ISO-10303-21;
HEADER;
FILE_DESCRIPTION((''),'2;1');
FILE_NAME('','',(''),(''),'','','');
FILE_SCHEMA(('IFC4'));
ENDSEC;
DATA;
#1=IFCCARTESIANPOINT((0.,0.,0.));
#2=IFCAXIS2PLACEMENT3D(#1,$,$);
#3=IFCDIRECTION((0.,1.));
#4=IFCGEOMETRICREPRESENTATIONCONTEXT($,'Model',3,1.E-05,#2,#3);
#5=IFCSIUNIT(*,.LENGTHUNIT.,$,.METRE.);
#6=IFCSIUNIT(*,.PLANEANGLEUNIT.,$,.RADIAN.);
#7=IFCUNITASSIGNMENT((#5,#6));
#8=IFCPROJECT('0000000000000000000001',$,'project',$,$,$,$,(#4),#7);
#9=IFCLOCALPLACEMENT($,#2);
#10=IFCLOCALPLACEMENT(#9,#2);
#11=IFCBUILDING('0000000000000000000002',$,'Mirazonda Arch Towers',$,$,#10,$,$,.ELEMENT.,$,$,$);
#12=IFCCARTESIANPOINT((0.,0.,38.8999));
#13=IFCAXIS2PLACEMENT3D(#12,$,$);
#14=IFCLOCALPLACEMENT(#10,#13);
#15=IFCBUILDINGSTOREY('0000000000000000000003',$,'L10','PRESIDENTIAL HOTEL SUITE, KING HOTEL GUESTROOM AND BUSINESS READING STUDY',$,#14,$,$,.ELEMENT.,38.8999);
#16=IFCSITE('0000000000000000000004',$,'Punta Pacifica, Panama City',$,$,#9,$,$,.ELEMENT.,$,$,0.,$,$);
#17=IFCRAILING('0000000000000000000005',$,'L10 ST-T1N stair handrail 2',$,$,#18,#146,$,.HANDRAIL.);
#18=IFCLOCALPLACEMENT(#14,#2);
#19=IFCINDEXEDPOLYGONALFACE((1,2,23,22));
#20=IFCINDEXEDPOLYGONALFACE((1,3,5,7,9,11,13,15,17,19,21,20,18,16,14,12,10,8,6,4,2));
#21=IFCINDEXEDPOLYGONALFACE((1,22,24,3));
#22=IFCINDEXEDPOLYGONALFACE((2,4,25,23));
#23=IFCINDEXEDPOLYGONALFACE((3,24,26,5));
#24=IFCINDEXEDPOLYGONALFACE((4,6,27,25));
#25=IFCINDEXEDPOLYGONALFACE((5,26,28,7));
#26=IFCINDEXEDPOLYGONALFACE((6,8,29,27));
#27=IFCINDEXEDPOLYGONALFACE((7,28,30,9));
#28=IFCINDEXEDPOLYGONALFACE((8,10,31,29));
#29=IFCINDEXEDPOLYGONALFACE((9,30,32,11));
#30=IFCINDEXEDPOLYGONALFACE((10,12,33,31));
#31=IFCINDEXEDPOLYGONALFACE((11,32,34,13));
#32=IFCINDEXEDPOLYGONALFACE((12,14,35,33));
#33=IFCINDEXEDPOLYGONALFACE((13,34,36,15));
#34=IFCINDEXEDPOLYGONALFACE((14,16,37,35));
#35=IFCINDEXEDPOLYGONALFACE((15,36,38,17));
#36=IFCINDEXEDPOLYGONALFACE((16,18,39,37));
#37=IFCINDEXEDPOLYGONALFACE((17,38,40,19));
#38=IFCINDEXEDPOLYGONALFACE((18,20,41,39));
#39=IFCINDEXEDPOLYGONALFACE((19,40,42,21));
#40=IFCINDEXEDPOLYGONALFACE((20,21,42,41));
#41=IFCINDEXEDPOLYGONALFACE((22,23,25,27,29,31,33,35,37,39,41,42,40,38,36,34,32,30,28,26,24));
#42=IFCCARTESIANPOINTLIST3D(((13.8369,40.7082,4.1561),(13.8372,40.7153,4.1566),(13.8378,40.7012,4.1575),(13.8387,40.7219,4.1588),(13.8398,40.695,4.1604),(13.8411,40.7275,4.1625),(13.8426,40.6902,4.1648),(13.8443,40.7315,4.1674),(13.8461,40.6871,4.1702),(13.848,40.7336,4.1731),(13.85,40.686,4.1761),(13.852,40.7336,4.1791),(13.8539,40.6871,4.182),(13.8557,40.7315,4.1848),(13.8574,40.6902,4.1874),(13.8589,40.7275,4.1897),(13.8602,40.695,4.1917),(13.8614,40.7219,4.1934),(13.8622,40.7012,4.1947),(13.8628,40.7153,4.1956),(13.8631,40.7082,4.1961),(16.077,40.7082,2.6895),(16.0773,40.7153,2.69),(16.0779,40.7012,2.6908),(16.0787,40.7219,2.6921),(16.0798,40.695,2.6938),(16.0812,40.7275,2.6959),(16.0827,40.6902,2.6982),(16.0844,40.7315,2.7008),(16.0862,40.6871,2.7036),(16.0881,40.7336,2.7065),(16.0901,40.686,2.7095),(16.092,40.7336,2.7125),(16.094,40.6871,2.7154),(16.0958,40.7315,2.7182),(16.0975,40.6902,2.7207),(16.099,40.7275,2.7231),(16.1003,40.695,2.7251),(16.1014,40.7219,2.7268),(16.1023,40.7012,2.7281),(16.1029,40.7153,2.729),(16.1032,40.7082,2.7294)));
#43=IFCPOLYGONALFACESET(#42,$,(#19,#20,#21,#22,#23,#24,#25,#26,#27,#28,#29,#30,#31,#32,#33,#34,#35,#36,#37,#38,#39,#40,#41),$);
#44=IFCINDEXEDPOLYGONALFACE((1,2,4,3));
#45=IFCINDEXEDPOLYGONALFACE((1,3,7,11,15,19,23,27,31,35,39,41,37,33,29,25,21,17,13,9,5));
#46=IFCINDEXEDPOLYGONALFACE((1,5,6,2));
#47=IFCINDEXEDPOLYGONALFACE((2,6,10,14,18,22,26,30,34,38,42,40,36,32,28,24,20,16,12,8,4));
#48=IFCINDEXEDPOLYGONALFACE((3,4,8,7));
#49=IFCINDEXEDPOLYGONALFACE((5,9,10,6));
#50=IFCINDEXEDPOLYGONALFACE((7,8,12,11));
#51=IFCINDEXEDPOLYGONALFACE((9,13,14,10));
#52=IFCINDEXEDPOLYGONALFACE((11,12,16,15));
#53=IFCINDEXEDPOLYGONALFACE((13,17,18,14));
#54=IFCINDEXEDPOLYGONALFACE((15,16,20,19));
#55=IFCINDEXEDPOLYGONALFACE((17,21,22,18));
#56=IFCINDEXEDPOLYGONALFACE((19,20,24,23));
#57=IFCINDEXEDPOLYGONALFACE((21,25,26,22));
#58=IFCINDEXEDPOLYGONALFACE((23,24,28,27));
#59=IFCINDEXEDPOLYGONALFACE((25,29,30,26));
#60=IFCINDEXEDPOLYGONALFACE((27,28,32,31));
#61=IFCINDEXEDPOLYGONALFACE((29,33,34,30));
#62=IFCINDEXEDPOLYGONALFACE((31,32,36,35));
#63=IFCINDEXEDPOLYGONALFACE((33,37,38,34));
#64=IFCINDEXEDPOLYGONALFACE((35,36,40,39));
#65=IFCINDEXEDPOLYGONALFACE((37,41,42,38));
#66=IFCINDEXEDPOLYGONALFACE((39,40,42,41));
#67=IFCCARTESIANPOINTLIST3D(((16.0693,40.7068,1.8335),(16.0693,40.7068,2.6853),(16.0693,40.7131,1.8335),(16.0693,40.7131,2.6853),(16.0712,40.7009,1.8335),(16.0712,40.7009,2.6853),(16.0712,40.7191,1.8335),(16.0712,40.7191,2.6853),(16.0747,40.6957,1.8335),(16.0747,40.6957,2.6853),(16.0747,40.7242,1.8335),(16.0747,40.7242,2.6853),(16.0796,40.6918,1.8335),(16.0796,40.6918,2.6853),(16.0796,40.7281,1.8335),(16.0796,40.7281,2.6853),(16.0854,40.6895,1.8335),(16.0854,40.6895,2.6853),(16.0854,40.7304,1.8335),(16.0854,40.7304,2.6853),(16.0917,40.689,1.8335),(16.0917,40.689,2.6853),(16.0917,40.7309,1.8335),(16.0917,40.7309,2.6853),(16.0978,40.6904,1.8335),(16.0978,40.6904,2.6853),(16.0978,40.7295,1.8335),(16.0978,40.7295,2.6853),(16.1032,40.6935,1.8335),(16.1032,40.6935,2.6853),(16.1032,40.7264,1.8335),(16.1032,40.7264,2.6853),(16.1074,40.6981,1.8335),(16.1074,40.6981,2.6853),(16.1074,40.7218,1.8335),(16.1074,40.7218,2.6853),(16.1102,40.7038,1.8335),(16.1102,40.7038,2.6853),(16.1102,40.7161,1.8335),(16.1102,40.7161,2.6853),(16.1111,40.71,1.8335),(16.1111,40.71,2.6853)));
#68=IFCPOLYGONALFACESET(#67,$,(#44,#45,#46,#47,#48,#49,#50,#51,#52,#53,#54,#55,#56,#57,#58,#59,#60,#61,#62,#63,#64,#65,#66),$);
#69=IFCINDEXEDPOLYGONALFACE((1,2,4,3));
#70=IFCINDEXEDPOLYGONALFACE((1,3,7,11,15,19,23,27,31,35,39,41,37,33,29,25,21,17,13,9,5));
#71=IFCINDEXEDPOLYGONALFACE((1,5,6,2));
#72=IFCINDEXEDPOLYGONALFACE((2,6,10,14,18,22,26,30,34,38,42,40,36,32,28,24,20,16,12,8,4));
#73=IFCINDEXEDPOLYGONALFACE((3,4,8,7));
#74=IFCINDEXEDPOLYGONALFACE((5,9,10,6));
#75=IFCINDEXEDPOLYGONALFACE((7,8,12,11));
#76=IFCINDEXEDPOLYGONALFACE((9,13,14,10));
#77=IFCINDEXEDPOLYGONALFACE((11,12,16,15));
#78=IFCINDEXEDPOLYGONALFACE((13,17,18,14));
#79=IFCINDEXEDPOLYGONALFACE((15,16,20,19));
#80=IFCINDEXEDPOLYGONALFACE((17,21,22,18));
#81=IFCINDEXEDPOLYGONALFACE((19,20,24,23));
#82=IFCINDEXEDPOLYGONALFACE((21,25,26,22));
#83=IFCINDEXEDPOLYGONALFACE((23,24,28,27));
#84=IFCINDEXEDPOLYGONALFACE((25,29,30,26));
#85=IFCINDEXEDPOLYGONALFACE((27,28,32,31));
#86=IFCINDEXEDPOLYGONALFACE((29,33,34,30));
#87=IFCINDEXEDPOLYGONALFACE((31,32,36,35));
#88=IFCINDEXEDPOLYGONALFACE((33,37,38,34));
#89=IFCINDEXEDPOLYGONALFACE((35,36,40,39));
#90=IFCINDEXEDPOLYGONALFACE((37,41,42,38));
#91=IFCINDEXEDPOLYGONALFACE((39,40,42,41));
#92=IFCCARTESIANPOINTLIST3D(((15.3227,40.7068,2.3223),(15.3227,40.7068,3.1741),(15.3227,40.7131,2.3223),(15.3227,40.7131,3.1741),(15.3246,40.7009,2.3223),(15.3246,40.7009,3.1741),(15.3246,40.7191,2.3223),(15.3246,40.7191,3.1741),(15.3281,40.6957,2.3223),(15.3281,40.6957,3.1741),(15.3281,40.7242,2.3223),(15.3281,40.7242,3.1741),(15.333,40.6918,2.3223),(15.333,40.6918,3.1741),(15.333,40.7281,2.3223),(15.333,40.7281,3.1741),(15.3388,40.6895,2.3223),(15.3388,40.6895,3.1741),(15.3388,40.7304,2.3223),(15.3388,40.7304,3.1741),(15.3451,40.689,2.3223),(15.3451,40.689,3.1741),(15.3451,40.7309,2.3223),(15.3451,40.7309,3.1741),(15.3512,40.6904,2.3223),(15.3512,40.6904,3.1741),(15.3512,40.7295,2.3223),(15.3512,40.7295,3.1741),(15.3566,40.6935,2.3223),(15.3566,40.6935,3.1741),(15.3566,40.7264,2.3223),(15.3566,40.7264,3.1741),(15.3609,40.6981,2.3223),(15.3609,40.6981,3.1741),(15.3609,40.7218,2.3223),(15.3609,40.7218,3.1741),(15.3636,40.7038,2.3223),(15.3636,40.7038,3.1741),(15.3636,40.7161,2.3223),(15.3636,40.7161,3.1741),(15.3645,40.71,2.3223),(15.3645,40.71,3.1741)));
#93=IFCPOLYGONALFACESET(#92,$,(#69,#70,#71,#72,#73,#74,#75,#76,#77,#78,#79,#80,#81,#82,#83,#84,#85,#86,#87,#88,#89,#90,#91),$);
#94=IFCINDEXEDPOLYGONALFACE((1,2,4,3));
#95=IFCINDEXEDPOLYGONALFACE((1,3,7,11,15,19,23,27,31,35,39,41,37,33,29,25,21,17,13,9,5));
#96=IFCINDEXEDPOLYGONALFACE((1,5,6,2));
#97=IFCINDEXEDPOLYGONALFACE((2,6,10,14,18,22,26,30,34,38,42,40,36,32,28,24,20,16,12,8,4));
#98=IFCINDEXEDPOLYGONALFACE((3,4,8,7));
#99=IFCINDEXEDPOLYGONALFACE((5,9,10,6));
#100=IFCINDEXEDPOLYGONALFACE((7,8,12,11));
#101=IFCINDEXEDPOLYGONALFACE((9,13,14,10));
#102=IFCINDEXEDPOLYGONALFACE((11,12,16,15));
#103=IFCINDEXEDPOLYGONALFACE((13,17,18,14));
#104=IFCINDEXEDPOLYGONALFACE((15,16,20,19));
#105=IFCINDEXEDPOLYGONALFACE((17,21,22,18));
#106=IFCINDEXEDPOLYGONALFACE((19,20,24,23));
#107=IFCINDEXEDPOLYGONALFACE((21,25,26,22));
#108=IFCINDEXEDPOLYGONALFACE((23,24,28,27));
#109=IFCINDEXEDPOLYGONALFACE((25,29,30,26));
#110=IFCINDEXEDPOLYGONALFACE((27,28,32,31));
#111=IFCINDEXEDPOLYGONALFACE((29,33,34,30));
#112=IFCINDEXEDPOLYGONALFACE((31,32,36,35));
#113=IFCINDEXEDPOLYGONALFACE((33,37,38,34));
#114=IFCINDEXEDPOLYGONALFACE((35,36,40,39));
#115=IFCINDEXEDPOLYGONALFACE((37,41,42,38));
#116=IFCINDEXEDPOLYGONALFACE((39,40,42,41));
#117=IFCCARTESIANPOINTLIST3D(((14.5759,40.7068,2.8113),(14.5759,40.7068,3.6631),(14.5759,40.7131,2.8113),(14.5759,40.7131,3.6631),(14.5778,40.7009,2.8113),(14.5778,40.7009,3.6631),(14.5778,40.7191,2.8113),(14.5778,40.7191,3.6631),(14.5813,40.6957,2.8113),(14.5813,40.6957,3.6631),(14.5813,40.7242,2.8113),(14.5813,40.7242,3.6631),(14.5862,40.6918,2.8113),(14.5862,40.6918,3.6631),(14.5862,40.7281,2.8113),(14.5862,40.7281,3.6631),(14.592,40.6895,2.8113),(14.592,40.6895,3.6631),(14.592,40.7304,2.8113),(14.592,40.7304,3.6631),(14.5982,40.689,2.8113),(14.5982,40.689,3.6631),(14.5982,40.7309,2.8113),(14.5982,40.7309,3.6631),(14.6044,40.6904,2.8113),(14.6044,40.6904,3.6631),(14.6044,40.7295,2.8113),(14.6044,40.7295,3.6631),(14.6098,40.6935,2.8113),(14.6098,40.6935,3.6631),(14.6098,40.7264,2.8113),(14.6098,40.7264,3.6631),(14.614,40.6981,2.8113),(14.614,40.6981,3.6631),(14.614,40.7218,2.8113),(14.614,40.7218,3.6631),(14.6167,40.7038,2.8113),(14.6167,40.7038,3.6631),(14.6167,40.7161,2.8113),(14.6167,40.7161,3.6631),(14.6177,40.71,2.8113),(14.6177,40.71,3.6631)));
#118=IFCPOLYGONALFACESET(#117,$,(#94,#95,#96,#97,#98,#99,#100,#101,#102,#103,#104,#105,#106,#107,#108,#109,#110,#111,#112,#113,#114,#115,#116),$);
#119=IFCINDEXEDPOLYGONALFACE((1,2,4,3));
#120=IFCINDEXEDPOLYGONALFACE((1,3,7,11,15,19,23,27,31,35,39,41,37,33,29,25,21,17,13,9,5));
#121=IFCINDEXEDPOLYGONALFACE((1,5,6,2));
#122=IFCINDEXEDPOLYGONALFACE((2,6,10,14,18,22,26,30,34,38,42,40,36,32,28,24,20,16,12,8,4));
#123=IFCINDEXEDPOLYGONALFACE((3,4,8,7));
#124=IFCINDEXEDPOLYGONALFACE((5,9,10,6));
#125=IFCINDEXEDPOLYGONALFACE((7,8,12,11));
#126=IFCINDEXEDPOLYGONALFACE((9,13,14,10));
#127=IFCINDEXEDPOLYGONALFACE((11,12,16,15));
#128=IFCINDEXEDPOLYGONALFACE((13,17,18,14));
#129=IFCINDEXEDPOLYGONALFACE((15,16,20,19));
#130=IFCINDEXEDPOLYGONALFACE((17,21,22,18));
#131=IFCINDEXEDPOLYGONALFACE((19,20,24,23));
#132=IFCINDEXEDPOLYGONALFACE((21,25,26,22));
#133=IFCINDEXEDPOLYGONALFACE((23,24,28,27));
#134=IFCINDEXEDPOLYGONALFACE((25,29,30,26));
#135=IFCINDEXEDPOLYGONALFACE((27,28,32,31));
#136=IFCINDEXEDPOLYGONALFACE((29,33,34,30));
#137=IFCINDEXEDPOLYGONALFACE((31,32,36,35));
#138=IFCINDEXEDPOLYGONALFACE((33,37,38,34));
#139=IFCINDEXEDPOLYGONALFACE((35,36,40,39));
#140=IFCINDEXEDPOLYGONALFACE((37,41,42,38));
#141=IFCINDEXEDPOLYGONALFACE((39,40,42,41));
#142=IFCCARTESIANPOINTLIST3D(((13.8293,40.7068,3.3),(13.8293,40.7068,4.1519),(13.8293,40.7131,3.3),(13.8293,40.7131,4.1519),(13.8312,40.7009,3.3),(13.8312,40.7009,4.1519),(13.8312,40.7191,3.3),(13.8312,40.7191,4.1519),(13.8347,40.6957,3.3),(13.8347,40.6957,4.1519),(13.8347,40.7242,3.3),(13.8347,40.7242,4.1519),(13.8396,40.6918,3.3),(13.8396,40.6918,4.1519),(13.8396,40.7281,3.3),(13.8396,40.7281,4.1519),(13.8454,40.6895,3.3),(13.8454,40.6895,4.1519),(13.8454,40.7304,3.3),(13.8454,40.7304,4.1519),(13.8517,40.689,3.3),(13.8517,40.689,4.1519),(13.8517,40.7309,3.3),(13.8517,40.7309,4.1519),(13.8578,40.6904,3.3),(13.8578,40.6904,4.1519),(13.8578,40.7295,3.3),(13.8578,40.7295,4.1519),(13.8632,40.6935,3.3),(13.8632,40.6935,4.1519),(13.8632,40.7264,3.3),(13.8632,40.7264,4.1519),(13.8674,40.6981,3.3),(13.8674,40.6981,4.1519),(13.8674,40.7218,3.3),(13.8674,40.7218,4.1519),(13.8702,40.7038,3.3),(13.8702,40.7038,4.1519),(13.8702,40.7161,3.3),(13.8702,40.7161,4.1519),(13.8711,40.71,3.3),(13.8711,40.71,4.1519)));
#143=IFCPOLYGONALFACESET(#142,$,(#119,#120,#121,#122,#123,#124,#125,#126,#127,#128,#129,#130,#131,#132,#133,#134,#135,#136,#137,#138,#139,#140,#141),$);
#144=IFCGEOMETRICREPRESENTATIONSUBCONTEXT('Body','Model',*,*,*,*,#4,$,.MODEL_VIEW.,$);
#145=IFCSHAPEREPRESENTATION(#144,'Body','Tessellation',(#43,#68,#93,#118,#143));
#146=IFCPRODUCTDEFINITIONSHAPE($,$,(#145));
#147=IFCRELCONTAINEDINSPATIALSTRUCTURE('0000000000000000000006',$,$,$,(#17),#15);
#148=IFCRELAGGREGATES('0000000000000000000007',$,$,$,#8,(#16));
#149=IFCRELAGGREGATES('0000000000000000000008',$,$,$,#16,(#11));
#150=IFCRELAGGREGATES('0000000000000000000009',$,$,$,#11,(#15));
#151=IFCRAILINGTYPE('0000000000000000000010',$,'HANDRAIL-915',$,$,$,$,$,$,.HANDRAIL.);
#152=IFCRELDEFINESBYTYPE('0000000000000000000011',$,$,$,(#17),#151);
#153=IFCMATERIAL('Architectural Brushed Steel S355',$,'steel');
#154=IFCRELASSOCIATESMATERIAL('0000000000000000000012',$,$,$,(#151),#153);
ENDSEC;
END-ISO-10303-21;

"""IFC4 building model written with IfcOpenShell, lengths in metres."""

from ifc_helpers import new_model, si_unit, direction, frame, origin, origin_2d, place, context, subcontext, project, spatial, circle, extrude, material, type_object, element, save


model = new_model("IFC4")

# Units and contexts
model_context = context("Model", 3, precision=1e-05, world=origin(), true_north=direction((0.0, 1.0)))
body_context = subcontext(model_context, "Body", "Model", "MODEL_VIEW")
ifc_project = project(units=[si_unit("LENGTHUNIT", "METRE"), si_unit("PLANEANGLEUNIT", "RADIAN")], contexts=[model_context])

# Site, building, storey
site_placement = place(None, origin())
site = spatial("IfcSite", under=ifc_project, at=site_placement, Name="Punta Pacifica, Panama City", CompositionType="ELEMENT", RefElevation=0.0)
building_placement = place(site_placement, origin())
building = spatial("IfcBuilding", under=site, at=building_placement, Name="Mirazonda Arch Towers", CompositionType="ELEMENT")
storey_placement = place(building_placement, frame((0.0, 0.0, 38.8999)))
storey = spatial("IfcBuildingStorey", under=building, at=storey_placement, Name="L10", Description="PRESIDENTIAL HOTEL SUITE, KING HOTEL GUESTROOM AND BUSINESS READING STUDY", CompositionType="ELEMENT", Elevation=38.8999)

# Railing
ifc_material_1 = material(Name="Architectural Brushed Steel S355", Category="steel")
railing_type_1 = type_object("IfcRailingType", Name="HANDRAIL-915", PredefinedType="HANDRAIL", material=ifc_material_1)
railing_1_placement = place(storey_placement, frame((16.0901, 40.71, 1.8335)))
element("IfcRailing", 1, at=railing_1_placement, inside=storey, type_object=railing_type_1, Name="L10 ST-T1N stair handrail 2", PredefinedType="HANDRAIL", context=body_context, shape_type="SweptSolid", body=[
    extrude(circle(Radius=0.0239, at=origin_2d()), frame((0.0, 0.0, 0.876), z_axis=(-0.836637, 0.0, 0.547758), x_axis=(0.0, -1.0, 0.0)), (0.0, 0.0, 1.0), 2.6775),
    extrude(circle(Radius=0.021, at=origin_2d()), origin(), (0.0, 0.0, 1.0), 0.8518),
    extrude(circle(Radius=0.021, at=origin_2d()), frame((-0.7466, 0.0, 0.4888)), (0.0, 0.0, 1.0), 0.8518),
    extrude(circle(Radius=0.021, at=origin_2d()), frame((-1.4934, 0.0, 0.9778)), (0.0, 0.0, 1.0), 0.8518),
    extrude(circle(Radius=0.021, at=origin_2d()), frame((-2.24, 0.0, 1.4666)), (0.0, 0.0, 1.0), 0.8518),
])

save(model, "model.ifc")
